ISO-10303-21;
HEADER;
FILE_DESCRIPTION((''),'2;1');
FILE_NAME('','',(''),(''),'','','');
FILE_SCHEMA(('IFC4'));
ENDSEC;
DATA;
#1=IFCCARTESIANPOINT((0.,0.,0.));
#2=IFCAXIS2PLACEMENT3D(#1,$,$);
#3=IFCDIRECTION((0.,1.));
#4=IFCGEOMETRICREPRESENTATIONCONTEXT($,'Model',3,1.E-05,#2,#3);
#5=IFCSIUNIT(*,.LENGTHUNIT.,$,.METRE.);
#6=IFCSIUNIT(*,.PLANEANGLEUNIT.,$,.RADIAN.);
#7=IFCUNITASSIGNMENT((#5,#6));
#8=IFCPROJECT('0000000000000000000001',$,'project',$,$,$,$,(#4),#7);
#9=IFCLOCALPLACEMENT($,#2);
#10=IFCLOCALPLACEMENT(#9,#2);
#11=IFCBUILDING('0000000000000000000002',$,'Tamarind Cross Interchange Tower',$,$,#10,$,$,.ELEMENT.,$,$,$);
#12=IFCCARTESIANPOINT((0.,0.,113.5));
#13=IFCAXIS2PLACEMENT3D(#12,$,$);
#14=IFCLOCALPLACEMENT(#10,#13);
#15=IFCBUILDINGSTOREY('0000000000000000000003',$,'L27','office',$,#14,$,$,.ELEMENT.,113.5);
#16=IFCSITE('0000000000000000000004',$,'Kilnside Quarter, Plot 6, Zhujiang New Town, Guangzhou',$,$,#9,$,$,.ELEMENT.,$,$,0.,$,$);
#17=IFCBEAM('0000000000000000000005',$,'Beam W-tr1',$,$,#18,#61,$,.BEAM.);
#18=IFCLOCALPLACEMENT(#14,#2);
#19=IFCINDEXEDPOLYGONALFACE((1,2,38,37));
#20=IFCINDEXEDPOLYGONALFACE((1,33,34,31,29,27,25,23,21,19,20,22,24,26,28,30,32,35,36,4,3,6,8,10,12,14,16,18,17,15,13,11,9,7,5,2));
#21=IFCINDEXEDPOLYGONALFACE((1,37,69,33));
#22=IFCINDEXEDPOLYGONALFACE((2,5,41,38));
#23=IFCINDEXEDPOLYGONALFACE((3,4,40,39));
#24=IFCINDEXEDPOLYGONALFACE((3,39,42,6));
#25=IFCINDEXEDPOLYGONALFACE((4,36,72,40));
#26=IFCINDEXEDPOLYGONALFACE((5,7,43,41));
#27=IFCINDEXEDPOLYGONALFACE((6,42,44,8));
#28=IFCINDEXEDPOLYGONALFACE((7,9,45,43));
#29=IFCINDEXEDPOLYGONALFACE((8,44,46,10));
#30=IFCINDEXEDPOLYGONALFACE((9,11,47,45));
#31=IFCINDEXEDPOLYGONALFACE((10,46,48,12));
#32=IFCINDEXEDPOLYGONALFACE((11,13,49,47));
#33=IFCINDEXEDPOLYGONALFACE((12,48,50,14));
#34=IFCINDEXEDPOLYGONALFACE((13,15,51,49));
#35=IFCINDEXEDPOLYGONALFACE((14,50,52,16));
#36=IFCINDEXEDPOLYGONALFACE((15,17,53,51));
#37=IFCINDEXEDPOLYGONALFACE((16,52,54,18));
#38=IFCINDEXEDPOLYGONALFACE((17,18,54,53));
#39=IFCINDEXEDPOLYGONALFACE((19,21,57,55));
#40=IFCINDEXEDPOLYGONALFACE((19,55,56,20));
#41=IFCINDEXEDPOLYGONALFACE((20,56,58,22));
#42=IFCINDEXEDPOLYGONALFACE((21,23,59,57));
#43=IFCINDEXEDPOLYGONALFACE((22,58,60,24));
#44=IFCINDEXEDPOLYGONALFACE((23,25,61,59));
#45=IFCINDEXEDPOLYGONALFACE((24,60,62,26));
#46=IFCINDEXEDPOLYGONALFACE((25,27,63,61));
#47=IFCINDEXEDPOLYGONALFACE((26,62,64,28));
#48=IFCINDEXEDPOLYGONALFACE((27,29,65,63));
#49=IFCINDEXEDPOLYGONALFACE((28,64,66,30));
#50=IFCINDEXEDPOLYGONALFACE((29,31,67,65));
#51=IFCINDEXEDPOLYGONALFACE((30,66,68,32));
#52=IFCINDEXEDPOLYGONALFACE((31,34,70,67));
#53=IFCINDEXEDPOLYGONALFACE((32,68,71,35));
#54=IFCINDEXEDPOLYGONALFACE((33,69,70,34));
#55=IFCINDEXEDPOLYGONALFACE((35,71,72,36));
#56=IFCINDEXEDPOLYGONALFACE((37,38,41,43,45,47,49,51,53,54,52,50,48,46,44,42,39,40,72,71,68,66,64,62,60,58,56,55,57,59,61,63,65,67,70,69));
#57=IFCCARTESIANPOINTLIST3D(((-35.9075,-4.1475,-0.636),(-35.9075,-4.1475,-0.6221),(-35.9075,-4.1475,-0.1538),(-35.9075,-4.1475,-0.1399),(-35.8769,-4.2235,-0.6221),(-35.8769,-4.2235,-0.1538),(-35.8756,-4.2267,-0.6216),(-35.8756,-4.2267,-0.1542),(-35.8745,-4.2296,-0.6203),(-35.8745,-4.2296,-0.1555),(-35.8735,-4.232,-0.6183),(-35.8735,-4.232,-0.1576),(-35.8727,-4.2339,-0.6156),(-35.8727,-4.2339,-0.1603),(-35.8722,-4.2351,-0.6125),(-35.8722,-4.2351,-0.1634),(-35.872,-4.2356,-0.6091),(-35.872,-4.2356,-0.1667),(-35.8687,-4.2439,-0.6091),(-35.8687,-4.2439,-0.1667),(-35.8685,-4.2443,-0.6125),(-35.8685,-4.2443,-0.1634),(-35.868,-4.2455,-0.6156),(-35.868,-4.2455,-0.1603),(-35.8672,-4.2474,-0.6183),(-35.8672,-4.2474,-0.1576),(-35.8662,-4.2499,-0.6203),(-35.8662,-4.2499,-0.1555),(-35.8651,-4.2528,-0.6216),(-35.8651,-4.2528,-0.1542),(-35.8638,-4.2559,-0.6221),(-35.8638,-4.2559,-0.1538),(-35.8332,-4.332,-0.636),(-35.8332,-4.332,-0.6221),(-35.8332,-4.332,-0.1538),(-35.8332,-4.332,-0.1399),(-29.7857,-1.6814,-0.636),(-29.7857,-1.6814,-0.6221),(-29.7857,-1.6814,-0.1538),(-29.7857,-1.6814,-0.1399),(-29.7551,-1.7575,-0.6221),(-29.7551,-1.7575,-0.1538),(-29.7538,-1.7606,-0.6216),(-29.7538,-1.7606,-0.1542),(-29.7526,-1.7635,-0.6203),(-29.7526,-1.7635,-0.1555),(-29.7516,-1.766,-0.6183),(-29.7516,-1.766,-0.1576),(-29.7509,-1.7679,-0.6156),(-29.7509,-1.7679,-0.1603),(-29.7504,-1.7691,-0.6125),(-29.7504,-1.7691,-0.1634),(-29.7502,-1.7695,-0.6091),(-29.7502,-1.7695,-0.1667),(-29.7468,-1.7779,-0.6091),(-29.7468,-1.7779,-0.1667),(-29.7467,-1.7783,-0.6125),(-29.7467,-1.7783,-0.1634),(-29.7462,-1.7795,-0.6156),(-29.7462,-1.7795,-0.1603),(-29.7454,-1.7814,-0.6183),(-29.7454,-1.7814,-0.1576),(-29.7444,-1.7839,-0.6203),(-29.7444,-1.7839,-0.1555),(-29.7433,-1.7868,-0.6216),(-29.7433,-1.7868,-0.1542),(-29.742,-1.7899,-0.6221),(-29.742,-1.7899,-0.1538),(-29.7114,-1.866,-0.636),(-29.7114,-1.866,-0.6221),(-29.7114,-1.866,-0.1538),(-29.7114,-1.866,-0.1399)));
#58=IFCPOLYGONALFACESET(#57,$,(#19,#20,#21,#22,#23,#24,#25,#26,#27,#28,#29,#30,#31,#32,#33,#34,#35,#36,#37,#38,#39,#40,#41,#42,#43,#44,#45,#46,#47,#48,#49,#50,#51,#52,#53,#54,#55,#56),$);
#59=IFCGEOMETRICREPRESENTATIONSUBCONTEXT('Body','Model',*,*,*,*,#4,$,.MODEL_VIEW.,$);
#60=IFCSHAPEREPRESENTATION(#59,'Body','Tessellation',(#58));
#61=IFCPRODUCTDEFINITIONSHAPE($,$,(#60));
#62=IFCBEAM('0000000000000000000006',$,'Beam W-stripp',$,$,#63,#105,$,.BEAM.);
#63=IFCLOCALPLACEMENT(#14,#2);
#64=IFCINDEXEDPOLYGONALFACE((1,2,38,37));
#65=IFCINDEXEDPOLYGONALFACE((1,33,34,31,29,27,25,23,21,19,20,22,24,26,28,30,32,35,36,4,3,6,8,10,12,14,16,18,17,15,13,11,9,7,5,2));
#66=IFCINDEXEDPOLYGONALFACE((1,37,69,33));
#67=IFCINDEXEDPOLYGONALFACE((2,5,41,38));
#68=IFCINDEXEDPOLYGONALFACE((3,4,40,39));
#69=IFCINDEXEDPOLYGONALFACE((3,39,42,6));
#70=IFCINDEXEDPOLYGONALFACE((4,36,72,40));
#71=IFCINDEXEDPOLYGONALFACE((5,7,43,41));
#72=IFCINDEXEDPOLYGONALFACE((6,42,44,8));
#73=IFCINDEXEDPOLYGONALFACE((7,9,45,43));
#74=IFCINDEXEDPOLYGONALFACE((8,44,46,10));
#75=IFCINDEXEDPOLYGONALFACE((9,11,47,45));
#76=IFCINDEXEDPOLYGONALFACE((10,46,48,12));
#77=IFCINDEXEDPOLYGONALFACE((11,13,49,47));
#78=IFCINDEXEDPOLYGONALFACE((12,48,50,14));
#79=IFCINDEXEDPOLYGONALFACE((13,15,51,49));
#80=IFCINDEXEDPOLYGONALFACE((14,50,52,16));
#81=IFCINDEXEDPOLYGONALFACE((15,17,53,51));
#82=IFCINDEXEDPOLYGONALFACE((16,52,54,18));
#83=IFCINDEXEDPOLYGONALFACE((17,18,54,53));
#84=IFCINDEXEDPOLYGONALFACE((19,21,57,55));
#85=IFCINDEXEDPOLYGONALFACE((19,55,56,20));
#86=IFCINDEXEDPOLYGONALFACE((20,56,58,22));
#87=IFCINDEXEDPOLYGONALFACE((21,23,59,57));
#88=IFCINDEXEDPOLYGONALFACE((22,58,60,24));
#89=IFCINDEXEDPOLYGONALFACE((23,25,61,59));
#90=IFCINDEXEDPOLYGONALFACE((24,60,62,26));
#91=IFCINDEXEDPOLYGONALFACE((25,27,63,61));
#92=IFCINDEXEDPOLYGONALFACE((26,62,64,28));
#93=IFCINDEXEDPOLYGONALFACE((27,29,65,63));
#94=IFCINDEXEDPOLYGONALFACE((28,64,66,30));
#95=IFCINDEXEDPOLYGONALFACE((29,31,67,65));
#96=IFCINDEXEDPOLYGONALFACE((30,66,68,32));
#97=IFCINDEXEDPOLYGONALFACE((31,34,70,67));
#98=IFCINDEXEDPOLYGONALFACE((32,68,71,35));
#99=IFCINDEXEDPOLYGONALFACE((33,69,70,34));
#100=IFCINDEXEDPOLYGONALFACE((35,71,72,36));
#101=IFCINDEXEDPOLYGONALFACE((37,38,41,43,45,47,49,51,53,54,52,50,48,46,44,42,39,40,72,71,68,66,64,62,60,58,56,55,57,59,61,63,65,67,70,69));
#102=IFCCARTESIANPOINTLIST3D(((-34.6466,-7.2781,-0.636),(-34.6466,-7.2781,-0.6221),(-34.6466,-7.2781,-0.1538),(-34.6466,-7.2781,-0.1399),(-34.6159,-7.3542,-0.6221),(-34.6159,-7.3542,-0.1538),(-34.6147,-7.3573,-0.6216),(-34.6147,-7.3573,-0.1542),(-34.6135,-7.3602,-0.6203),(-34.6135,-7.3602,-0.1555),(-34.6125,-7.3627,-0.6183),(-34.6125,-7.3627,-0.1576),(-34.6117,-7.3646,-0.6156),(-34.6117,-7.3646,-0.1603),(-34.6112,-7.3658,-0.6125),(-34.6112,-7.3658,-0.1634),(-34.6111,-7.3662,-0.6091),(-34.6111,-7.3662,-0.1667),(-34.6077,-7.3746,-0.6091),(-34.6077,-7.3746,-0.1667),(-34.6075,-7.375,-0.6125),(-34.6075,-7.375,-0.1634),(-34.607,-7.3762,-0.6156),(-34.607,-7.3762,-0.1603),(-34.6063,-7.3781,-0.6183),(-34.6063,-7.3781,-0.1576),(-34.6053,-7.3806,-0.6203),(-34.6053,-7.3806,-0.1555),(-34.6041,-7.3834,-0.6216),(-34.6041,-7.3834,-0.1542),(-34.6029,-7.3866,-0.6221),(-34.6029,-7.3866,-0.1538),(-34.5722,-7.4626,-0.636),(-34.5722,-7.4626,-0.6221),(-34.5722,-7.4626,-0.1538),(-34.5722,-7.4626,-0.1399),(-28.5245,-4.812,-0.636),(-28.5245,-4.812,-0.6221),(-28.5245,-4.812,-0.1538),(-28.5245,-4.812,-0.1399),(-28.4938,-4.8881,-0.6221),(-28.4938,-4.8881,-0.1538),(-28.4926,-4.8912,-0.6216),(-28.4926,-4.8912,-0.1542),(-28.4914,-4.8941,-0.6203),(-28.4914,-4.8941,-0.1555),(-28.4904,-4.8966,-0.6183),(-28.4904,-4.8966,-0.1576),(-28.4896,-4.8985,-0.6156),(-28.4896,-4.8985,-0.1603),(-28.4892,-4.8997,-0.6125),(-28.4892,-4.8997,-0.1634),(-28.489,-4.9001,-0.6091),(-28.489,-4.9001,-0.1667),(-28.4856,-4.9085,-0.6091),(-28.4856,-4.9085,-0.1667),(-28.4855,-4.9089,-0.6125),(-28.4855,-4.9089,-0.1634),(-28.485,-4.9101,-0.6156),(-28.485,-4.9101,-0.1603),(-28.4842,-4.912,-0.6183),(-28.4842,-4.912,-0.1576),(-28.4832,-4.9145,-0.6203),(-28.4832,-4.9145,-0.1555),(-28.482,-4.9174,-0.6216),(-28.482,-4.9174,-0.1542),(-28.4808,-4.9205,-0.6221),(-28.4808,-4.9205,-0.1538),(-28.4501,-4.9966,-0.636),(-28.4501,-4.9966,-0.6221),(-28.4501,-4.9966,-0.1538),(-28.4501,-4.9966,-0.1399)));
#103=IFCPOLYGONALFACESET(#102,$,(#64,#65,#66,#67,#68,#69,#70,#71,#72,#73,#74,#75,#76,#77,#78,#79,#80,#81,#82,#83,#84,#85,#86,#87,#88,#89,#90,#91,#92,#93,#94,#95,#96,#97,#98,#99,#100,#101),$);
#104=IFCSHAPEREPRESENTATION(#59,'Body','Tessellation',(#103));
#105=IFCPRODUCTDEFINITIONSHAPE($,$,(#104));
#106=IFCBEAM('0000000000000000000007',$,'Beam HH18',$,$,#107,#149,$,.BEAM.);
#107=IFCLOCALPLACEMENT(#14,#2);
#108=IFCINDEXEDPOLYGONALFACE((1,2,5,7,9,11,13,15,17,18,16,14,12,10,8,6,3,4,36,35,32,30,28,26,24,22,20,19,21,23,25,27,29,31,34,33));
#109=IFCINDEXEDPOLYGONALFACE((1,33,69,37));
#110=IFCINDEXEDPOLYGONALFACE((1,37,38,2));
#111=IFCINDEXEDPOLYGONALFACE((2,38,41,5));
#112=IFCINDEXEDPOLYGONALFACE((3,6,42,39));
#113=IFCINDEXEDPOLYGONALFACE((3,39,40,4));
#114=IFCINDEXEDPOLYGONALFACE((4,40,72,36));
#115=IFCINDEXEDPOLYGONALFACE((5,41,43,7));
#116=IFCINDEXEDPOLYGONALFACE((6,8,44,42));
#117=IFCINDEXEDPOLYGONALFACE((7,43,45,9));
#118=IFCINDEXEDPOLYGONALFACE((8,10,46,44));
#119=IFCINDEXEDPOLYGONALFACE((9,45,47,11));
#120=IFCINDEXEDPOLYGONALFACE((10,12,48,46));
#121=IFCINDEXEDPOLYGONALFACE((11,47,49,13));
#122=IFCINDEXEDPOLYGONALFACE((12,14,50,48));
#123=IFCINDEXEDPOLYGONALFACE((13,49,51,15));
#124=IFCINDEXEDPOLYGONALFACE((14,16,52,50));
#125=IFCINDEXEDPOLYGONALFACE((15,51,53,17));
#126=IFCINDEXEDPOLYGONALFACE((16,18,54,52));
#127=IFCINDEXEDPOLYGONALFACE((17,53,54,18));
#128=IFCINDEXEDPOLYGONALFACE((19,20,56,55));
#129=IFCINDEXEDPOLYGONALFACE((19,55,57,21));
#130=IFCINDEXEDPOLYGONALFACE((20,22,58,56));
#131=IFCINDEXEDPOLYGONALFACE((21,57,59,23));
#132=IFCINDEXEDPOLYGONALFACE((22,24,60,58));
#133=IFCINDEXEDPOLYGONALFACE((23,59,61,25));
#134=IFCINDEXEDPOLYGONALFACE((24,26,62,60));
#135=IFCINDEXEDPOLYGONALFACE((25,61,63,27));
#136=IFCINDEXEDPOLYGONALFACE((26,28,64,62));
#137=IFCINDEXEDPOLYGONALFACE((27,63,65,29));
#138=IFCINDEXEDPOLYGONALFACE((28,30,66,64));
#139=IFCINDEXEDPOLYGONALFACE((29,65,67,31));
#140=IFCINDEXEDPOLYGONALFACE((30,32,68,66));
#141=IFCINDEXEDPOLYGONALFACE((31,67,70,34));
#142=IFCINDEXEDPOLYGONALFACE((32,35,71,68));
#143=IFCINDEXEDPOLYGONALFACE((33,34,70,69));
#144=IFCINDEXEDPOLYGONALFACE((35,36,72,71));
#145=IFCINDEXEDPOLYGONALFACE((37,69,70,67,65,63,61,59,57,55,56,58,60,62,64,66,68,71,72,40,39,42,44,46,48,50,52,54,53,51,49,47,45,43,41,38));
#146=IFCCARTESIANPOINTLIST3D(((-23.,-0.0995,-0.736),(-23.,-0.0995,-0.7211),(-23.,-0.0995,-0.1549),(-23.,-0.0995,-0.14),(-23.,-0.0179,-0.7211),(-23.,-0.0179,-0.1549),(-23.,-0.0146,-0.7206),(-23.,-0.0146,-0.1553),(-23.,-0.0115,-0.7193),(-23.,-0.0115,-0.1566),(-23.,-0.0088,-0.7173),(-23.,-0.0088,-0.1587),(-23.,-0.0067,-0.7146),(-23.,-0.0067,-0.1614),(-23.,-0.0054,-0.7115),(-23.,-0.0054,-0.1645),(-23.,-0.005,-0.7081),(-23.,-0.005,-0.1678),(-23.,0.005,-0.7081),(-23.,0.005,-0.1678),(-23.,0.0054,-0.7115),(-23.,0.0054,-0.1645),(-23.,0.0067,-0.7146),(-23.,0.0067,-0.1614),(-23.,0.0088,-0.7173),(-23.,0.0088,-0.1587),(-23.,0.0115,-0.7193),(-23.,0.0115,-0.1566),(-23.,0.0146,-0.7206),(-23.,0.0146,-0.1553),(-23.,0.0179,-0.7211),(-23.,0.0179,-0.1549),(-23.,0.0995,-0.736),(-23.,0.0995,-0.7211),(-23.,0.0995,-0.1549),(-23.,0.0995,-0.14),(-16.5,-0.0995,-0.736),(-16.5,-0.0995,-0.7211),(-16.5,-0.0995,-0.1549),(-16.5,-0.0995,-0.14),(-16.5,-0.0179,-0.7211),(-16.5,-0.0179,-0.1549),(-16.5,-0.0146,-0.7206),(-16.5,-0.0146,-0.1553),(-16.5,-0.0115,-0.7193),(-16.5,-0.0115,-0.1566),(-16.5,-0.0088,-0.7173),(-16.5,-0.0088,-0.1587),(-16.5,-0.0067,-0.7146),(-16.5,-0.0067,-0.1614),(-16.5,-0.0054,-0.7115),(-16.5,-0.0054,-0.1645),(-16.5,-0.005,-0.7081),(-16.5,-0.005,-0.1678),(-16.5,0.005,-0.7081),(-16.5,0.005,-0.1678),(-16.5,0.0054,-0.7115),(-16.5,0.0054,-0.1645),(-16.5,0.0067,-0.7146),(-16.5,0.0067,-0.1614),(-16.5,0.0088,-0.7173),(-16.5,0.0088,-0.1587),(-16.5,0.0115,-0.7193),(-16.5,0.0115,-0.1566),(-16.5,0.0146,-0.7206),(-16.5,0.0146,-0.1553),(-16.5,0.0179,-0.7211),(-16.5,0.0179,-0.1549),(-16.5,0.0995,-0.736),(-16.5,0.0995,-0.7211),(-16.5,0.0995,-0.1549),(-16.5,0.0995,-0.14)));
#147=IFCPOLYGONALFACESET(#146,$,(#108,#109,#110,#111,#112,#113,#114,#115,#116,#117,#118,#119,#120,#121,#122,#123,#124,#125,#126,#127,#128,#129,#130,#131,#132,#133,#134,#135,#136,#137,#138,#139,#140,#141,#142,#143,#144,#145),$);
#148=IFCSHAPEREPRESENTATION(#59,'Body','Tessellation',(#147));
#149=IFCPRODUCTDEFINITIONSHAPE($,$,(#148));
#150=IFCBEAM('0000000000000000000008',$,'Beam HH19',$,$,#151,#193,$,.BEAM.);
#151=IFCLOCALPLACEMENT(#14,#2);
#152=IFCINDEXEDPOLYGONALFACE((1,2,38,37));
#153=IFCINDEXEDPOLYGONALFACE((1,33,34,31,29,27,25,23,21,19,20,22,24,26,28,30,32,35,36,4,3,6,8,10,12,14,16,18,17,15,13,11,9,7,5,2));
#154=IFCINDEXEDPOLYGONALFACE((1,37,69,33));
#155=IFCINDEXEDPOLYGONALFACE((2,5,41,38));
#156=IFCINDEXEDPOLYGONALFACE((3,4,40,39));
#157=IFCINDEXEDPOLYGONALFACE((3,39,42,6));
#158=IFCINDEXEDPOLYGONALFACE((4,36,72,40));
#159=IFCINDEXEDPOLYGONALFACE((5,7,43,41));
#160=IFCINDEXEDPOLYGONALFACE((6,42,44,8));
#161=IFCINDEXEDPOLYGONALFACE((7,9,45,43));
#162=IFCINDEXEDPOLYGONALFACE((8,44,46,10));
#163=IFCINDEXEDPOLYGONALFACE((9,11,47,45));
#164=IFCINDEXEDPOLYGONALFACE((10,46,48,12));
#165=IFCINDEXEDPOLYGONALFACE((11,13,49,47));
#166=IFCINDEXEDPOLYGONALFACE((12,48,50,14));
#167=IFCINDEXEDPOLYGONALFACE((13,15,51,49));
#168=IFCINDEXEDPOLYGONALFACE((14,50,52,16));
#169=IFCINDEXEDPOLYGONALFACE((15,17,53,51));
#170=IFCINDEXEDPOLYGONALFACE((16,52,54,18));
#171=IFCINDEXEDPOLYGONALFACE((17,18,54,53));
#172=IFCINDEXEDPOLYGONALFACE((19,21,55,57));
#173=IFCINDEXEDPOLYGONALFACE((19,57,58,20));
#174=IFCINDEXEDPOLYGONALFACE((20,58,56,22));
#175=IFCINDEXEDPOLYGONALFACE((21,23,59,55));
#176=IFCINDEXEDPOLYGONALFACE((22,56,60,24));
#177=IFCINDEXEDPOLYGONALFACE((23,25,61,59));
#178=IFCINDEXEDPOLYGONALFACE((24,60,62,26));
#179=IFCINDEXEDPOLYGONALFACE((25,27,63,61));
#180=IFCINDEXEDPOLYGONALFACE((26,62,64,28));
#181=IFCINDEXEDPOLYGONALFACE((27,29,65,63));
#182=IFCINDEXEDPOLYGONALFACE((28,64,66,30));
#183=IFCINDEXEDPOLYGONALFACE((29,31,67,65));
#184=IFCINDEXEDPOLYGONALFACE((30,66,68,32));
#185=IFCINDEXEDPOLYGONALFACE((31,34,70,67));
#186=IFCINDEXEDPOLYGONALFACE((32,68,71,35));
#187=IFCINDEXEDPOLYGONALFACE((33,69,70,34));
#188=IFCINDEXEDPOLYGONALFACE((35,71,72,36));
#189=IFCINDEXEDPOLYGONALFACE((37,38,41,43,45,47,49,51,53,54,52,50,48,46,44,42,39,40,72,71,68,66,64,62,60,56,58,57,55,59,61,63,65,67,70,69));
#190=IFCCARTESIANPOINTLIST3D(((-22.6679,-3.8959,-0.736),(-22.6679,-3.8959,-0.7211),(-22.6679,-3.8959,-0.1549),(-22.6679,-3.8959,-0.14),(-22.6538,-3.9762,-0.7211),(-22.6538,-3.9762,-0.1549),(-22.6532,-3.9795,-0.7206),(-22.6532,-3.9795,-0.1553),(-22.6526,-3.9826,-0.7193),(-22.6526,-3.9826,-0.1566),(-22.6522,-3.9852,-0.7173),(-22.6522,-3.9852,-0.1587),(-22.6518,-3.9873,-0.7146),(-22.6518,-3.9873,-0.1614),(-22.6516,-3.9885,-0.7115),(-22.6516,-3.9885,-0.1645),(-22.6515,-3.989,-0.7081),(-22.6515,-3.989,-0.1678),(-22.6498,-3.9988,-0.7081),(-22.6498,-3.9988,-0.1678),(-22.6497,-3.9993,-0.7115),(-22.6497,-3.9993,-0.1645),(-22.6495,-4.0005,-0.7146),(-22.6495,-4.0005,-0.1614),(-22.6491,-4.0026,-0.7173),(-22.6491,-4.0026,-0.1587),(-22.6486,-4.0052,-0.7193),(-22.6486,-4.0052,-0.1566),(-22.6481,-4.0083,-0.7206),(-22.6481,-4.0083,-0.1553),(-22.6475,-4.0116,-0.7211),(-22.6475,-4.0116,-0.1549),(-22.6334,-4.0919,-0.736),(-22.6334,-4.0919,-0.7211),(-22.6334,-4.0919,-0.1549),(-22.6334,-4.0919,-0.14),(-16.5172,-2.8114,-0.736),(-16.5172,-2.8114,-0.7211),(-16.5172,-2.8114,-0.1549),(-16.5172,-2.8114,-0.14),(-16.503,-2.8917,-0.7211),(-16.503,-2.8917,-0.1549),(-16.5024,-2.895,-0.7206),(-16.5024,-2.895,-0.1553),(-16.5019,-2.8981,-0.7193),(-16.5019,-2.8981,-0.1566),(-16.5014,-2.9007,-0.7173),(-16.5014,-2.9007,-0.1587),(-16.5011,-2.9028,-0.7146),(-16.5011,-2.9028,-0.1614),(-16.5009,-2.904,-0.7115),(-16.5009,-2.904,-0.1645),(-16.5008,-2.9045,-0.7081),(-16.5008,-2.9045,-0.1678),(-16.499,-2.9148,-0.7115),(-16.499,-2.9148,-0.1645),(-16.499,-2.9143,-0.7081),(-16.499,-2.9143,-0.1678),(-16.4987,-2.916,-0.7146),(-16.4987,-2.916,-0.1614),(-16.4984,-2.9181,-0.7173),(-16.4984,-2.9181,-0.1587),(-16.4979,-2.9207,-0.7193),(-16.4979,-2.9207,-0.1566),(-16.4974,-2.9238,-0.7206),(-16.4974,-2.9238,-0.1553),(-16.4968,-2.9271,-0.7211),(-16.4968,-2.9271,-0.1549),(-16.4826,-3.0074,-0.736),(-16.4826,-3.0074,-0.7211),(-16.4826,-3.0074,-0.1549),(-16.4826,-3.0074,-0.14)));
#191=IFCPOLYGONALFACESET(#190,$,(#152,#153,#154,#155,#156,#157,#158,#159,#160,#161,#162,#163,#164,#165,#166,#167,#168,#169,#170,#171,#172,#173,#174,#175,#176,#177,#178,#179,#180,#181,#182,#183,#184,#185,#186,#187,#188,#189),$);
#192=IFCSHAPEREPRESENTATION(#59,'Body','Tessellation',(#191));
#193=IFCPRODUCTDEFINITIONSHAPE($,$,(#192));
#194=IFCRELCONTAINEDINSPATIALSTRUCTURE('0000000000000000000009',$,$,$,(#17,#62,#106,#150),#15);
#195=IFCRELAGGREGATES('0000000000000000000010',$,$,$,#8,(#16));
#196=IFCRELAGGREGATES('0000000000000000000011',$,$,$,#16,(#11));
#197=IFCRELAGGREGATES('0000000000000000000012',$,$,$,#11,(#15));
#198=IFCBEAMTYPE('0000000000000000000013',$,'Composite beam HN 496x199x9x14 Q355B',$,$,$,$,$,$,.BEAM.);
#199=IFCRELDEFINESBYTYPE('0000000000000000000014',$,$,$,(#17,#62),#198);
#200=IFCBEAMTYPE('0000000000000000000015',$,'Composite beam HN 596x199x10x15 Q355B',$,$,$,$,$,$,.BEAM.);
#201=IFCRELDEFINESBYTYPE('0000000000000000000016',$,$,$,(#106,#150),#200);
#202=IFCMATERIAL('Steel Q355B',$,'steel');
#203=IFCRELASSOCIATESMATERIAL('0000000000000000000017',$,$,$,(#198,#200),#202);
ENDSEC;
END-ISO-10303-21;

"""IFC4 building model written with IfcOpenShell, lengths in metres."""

from ifc_helpers import new_model, si_unit, direction, frame, origin, origin_2d, place, context, subcontext, project, spatial, i_section, extrude, material, material_profile, profile_set, type_object, element, save


model = new_model("IFC4")

# Units and contexts
model_context = context("Model", 3, precision=1e-05, world=origin(), true_north=direction((0.0, 1.0)))
body_context = subcontext(model_context, "Body", "Model", "MODEL_VIEW")
ifc_project = project(units=[si_unit("LENGTHUNIT", "METRE"), si_unit("PLANEANGLEUNIT", "RADIAN")], contexts=[model_context])

# Site, building, storey
site_placement = place(None, origin())
site = spatial("IfcSite", under=ifc_project, at=site_placement, Name="Kilnside Quarter, Plot 6, Zhujiang New Town, Guangzhou", CompositionType="ELEMENT", RefElevation=0.0)
building_placement = place(site_placement, origin())
building = spatial("IfcBuilding", under=site, at=building_placement, Name="Tamarind Cross Interchange Tower", CompositionType="ELEMENT")
storey_placement = place(building_placement, frame((0.0, 0.0, 113.5)))
storey = spatial("IfcBuildingStorey", under=building, at=storey_placement, Name="L27", Description="office", CompositionType="ELEMENT", Elevation=113.5)

# Beams
ifc_material_1 = material(Name="Steel Q355B", Category="steel")
ifc_material_profile_1 = material_profile(ifc_material_1, i_section(OverallWidth=0.199, OverallDepth=0.4961, WebThickness=0.009, FlangeThickness=0.0139, FilletRadius=0.0129, at=origin_2d()), Name="HN 496x199x9x14")
ifc_profile_set_1 = profile_set([ifc_material_profile_1], Name="Steel Q355B")
beam_type_1 = type_object("IfcBeamType", Name="Composite beam HN 496x199x9x14 Q355B", PredefinedType="BEAM", material=ifc_profile_set_1)
beam_1_placement = place(storey_placement, frame((-29.7485, -1.7737, -0.3879), z_axis=(-0.927568, -0.373654, 0.0), x_axis=(0.373654, -0.927568, 0.0)))
element("IfcBeam", 1, at=beam_1_placement, inside=storey, type_object=beam_type_1, Name="Beam W-tr1", PredefinedType="BEAM", context=body_context, shape_type="SweptSolid", body=[
    extrude(i_section(OverallWidth=0.199, OverallDepth=0.4961, WebThickness=0.009, FlangeThickness=0.0139, FilletRadius=0.0129, at=origin_2d()), origin(), (0.0, 0.0, 1.0), 6.5999),
])
beam_2_placement = place(storey_placement, frame((-28.4873, -4.9043, -0.3879), z_axis=(-0.927573, -0.373641, 0.0), x_axis=(0.373641, -0.927573, 0.0)))
element("IfcBeam", 2, at=beam_2_placement, inside=storey, type_object=beam_type_1, Name="Beam W-stripp", PredefinedType="BEAM", context=body_context, shape_type="SweptSolid", body=[
    extrude(i_section(OverallWidth=0.199, OverallDepth=0.4961, WebThickness=0.009, FlangeThickness=0.0139, FilletRadius=0.0129, at=origin_2d()), origin(), (0.0, 0.0, 1.0), 6.6001),
])
ifc_material_profile_2 = material_profile(ifc_material_1, i_section(OverallWidth=0.199, OverallDepth=0.5959, WebThickness=0.01, FlangeThickness=0.0149, FilletRadius=0.0129, at=origin_2d()), Name="HN 596x199x10x15")
ifc_profile_set_2 = profile_set([ifc_material_profile_2], Name="Steel Q355B")
beam_type_2 = type_object("IfcBeamType", Name="Composite beam HN 596x199x10x15 Q355B", PredefinedType="BEAM", material=ifc_profile_set_2)
beam_3_placement = place(storey_placement, frame((-23.0, 0.0, -0.438), z_axis=(1.0, 0.0, 0.0), x_axis=(0.0, 1.0, 0.0)))
element("IfcBeam", 3, at=beam_3_placement, inside=storey, type_object=beam_type_2, Name="Beam HH18", PredefinedType="BEAM", context=body_context, shape_type="SweptSolid", body=[
    extrude(i_section(OverallWidth=0.199, OverallDepth=0.5959, WebThickness=0.01, FlangeThickness=0.0149, FilletRadius=0.0129, at=origin_2d()), origin(), (0.0, 0.0, 1.0), 6.5),
])
beam_4_placement = place(storey_placement, frame((-22.6506, -3.9939, -0.438), z_axis=(0.984809, 0.17364, 0.0), x_axis=(-0.17364, 0.984809, 0.0)))
element("IfcBeam", 4, at=beam_4_placement, inside=storey, type_object=beam_type_2, Name="Beam HH19", PredefinedType="BEAM", context=body_context, shape_type="SweptSolid", body=[
    extrude(i_section(OverallWidth=0.199, OverallDepth=0.5959, WebThickness=0.01, FlangeThickness=0.0149, FilletRadius=0.0129, at=origin_2d()), origin(), (0.0, 0.0, 1.0), 6.2456),
])

save(model, "model.ifc")
